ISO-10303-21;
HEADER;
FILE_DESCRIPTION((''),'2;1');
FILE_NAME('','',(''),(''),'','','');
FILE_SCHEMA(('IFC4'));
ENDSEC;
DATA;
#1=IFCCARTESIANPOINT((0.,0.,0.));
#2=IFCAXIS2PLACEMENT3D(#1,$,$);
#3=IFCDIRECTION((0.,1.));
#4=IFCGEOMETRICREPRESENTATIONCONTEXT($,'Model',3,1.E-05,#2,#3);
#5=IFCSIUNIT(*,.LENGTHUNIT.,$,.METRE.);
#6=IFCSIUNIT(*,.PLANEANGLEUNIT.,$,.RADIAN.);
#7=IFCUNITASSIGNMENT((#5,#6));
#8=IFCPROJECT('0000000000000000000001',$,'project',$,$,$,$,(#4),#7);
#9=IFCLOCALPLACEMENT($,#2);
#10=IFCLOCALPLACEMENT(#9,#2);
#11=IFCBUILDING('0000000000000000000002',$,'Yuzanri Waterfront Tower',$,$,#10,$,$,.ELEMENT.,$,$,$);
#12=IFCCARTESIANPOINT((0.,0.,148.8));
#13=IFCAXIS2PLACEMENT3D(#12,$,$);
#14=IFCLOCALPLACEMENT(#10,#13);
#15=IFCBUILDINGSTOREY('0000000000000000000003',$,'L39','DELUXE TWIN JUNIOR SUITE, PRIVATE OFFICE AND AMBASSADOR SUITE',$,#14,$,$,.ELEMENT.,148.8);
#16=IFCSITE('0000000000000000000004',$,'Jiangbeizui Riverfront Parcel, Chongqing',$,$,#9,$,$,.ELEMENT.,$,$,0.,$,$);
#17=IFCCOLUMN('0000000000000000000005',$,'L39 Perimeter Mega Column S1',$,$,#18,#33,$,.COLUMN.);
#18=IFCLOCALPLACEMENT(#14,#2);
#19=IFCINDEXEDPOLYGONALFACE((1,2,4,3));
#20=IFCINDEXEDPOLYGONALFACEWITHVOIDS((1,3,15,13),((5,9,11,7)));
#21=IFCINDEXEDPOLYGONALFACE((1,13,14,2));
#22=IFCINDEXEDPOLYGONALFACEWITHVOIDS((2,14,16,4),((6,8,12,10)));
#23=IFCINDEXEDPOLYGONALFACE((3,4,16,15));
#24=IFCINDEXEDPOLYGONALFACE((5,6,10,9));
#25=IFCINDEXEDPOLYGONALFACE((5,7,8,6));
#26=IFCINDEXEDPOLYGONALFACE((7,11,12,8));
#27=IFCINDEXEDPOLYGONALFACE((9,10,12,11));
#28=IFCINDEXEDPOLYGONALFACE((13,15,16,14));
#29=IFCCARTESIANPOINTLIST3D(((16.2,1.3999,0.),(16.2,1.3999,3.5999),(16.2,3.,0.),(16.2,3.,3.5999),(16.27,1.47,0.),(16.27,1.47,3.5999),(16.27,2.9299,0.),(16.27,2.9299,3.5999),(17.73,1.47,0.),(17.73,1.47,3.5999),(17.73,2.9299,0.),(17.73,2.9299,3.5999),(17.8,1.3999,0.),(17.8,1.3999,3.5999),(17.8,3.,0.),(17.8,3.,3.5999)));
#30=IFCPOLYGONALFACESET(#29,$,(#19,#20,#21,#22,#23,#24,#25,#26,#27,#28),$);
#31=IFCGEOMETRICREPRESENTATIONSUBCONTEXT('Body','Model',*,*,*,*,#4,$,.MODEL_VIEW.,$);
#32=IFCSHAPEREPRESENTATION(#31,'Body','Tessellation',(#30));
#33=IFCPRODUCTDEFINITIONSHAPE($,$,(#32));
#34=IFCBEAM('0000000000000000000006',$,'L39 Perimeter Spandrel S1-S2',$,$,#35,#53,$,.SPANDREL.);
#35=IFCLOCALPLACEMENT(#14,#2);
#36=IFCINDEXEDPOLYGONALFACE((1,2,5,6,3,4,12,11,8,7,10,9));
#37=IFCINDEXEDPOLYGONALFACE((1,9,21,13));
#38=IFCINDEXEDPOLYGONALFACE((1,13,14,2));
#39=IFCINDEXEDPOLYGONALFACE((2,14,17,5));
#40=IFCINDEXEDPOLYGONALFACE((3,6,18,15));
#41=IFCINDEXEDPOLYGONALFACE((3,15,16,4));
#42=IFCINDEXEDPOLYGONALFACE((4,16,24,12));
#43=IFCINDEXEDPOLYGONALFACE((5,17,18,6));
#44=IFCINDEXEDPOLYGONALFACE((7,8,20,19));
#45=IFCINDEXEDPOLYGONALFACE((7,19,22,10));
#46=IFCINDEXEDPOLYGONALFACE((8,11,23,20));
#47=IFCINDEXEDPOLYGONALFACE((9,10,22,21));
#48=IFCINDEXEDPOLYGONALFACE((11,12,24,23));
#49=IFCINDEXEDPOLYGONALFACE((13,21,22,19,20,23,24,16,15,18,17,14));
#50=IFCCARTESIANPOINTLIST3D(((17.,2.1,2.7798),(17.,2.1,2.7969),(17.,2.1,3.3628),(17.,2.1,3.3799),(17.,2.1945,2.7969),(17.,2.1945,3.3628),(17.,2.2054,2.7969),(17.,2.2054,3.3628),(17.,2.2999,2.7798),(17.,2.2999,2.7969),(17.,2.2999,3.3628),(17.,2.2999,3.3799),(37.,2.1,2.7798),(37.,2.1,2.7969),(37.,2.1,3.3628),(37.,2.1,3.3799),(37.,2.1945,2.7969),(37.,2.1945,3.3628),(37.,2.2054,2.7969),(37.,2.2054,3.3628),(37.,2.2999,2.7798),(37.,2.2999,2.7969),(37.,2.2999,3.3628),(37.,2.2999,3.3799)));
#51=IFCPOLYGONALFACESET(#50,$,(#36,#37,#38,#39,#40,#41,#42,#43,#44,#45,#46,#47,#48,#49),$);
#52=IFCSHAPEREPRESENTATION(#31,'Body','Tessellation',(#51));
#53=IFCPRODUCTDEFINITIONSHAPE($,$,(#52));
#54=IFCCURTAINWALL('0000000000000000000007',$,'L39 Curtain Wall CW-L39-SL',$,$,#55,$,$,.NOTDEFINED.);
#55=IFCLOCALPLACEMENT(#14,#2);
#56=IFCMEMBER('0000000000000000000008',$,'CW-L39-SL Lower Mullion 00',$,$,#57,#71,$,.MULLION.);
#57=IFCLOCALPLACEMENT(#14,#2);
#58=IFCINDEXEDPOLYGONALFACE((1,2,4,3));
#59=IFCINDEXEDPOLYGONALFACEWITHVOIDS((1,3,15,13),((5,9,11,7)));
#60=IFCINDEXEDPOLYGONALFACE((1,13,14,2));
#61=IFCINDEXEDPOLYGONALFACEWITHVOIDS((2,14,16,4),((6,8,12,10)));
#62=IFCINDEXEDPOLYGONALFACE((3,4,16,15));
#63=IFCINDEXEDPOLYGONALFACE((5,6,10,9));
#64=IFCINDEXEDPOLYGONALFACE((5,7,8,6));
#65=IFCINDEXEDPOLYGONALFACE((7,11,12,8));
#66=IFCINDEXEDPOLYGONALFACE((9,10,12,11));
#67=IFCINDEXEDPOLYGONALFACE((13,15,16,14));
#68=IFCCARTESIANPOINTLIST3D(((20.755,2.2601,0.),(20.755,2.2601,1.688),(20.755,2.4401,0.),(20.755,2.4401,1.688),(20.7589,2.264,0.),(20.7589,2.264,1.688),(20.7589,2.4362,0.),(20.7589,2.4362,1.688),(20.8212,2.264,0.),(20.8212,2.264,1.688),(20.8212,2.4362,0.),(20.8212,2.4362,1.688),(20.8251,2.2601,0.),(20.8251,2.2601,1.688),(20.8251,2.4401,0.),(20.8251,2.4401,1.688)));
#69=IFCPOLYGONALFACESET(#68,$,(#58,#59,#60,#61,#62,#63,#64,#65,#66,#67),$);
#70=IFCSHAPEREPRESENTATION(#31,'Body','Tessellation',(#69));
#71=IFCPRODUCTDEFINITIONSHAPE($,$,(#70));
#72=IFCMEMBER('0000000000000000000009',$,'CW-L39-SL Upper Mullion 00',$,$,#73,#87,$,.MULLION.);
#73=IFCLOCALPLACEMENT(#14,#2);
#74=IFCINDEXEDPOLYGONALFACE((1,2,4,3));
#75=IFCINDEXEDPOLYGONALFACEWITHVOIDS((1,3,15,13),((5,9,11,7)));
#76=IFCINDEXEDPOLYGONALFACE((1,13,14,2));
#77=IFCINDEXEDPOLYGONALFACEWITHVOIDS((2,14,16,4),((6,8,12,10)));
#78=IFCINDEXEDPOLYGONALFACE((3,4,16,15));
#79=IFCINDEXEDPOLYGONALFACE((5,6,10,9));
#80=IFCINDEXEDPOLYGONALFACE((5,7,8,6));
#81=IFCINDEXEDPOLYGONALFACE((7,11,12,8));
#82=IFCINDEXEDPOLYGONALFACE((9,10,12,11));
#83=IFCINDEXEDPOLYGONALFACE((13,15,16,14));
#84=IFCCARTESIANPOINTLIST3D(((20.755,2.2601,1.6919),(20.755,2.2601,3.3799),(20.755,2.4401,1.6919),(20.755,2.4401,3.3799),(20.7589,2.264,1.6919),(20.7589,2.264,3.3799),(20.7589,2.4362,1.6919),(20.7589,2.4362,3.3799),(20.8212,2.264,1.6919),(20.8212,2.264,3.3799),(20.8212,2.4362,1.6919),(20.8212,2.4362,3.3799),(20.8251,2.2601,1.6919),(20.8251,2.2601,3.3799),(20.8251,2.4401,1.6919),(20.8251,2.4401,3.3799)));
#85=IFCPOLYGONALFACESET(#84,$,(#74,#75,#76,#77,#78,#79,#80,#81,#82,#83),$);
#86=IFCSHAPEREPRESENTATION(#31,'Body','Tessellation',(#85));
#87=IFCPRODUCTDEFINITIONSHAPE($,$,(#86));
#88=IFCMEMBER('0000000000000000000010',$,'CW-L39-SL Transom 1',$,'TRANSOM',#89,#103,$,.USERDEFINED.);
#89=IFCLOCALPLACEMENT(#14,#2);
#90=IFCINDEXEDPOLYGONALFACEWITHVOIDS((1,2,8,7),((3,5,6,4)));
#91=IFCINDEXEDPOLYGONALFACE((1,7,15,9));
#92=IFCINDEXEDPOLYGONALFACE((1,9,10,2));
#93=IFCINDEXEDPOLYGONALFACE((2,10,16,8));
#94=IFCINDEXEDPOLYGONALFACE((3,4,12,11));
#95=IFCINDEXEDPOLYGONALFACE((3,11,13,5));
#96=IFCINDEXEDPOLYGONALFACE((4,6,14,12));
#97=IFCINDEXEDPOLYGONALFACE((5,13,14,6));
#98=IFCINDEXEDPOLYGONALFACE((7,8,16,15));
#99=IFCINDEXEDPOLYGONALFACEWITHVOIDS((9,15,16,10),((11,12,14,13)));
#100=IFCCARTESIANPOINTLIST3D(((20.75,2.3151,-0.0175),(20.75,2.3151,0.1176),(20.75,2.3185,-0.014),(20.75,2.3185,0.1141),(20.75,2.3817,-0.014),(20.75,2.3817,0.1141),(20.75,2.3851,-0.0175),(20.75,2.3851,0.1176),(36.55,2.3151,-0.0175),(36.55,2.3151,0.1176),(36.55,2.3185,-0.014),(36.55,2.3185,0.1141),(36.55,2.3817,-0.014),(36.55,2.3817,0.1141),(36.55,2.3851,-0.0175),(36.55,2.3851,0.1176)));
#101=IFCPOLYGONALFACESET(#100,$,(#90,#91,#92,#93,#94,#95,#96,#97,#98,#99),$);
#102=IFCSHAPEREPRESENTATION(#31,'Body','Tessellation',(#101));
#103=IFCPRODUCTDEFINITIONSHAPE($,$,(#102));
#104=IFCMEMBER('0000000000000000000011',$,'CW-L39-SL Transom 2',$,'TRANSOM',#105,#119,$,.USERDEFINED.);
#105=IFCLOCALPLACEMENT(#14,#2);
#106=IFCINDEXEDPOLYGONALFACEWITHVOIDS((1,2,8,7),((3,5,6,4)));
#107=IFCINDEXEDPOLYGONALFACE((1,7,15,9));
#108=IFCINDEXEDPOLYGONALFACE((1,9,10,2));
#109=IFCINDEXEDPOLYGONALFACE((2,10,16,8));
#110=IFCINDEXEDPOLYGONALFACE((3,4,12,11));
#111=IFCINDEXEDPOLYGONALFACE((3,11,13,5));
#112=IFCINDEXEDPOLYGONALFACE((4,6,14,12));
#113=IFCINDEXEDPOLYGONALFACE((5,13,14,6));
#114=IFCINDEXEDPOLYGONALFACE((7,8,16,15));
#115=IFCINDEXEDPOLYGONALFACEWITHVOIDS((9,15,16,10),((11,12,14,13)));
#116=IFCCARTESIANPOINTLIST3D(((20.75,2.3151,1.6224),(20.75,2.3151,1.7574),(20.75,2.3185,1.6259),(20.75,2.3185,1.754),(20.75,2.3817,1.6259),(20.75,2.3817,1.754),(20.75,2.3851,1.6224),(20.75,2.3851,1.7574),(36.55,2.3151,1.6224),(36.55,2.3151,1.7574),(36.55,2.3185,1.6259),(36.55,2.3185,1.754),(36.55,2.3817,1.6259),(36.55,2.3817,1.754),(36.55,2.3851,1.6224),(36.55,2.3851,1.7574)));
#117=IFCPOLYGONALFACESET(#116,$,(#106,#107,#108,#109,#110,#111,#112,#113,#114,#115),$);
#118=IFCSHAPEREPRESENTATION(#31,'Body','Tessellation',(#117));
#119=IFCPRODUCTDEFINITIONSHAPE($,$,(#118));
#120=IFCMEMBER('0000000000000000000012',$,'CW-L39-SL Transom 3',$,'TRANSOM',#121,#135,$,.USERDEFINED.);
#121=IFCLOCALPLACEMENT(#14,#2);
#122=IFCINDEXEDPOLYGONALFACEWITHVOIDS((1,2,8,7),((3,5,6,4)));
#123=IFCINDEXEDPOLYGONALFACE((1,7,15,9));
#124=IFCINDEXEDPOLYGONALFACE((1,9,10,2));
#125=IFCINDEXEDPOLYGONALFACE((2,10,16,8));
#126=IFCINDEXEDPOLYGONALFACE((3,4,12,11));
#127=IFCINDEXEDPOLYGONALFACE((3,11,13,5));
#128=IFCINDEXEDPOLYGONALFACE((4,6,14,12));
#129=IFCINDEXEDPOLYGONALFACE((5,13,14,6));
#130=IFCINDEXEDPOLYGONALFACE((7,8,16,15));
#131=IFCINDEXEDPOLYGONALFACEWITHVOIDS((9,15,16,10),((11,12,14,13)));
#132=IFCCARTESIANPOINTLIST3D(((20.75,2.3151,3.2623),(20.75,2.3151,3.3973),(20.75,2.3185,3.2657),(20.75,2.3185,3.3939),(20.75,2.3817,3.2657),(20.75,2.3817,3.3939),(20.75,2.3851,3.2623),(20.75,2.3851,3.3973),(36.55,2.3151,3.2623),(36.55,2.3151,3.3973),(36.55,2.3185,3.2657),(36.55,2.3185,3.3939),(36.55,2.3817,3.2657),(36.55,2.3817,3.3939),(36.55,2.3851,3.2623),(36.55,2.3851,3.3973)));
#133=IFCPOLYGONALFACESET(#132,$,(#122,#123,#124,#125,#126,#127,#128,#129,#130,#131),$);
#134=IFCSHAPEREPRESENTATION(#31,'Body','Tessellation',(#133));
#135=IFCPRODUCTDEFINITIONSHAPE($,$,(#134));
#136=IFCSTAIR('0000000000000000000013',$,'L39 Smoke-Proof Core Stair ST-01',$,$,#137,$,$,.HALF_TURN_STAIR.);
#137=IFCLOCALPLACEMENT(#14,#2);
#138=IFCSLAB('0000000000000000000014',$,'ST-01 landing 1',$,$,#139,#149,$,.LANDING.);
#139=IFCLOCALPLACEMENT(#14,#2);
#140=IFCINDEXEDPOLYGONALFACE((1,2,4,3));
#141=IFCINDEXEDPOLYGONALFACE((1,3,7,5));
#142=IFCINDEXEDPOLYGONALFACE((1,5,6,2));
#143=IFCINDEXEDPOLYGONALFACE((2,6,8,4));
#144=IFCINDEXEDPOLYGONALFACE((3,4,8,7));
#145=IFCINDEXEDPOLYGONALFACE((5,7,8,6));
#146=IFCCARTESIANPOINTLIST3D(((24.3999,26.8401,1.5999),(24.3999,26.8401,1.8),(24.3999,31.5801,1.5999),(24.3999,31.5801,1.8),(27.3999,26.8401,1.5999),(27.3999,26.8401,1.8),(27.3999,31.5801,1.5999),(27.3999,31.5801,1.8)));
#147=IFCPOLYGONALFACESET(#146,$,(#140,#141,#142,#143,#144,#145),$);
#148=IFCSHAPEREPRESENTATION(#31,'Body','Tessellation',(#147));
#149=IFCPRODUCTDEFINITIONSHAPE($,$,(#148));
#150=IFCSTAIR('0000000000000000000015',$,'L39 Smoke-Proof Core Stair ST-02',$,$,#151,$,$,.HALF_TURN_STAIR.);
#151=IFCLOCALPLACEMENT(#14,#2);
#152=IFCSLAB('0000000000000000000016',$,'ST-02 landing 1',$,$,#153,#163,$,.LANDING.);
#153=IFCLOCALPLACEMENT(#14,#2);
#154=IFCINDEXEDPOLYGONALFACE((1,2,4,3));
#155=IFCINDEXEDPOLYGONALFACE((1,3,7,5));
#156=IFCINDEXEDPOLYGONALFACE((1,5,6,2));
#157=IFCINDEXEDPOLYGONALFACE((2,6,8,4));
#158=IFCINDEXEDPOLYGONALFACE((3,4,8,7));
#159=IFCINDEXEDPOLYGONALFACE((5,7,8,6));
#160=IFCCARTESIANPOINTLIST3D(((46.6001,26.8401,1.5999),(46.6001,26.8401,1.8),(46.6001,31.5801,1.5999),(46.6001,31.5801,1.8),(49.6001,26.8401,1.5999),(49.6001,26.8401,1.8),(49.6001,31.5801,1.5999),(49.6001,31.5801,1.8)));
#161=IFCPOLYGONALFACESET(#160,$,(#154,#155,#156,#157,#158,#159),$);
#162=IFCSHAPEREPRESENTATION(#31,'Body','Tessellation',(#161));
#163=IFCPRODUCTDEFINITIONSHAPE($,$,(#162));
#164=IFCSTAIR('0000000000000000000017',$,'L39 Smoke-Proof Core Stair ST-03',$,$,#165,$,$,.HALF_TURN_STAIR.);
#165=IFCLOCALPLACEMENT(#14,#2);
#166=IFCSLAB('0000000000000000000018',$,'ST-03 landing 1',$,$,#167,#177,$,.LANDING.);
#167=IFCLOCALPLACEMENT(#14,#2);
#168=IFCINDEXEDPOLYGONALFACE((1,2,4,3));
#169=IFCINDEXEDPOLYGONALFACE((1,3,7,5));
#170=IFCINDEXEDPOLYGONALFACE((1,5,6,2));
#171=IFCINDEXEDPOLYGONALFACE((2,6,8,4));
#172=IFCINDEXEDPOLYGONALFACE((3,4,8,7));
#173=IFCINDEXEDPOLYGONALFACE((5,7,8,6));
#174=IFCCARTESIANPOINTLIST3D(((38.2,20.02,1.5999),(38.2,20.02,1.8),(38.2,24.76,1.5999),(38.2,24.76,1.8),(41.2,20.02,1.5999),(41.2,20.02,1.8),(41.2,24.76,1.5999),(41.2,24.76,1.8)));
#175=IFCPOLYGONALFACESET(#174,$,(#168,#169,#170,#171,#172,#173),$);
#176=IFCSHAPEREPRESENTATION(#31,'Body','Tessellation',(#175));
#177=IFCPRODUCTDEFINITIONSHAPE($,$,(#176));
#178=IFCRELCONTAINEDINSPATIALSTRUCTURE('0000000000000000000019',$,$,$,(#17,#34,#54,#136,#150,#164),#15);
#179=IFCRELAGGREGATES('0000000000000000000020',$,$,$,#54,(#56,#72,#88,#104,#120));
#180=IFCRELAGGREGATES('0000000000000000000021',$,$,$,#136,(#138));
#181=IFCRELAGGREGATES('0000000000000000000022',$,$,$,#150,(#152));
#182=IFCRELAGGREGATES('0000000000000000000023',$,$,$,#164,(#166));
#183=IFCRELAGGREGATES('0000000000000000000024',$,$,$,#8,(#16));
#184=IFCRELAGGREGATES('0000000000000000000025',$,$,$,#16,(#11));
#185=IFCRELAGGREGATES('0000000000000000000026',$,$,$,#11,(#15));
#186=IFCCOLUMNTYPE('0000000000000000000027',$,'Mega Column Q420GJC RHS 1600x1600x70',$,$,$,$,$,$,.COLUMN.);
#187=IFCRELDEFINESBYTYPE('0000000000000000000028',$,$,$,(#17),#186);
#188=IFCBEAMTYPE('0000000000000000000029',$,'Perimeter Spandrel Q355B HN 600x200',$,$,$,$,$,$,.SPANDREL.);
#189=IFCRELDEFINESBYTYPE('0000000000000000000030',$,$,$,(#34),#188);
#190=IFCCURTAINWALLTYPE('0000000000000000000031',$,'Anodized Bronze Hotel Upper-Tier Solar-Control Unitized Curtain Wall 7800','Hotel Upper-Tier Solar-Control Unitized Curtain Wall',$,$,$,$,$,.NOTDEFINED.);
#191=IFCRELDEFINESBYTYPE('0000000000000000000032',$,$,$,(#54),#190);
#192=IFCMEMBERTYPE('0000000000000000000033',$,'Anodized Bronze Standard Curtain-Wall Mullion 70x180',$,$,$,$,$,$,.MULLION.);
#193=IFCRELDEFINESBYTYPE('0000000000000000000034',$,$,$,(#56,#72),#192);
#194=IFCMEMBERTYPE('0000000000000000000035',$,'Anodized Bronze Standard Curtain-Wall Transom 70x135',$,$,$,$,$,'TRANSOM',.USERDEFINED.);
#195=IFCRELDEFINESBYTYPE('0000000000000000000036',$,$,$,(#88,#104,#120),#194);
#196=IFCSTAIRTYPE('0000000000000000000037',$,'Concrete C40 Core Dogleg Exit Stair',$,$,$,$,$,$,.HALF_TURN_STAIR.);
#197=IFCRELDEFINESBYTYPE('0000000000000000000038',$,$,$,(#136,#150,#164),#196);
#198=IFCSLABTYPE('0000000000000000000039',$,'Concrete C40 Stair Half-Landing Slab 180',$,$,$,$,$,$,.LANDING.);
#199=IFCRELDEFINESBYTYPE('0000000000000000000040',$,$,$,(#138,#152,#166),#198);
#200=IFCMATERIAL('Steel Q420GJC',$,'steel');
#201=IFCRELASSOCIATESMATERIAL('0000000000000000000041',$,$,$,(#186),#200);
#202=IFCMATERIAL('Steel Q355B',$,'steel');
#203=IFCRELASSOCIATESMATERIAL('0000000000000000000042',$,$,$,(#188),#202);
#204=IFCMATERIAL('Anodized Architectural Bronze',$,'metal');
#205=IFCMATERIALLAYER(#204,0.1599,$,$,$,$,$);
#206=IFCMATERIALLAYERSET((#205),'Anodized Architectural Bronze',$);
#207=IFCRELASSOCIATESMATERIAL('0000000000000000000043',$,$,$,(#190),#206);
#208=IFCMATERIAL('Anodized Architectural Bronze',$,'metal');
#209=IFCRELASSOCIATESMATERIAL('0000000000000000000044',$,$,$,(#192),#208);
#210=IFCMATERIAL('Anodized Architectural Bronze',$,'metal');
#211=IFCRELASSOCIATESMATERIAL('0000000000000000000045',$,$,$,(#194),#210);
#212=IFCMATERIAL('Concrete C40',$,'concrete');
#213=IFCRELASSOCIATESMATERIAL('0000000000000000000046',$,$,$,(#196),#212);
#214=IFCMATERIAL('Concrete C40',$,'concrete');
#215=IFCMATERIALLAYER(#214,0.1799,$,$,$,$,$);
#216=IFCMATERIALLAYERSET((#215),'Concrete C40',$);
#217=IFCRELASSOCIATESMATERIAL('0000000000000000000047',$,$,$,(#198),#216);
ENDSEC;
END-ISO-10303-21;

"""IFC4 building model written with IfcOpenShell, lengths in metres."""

from ifc_helpers import new_model, si_unit, direction, frame, origin, origin_2d, place, context, subcontext, project, spatial, polyline, hollow_rectangle, i_section, outline, extrude, source, transform, mapped, material, layer, layer_set, material_profile, profile_set, type_object, element, aggregate, save


model = new_model("IFC4")

# Units and contexts
model_context = context("Model", 3, precision=1e-05, world=origin(), true_north=direction((0.0, 1.0)))
body_context = subcontext(model_context, "Body", "Model", "MODEL_VIEW")
ifc_project = project(units=[si_unit("LENGTHUNIT", "METRE"), si_unit("PLANEANGLEUNIT", "RADIAN")], contexts=[model_context])

# Site, building, storey
site_placement = place(None, origin())
site = spatial("IfcSite", under=ifc_project, at=site_placement, Name="Jiangbeizui Riverfront Parcel, Chongqing", CompositionType="ELEMENT", RefElevation=0.0)
building_placement = place(site_placement, origin())
building = spatial("IfcBuilding", under=site, at=building_placement, Name="Yuzanri Waterfront Tower", CompositionType="ELEMENT")
storey_placement = place(building_placement, frame((0.0, 0.0, 148.8)))
storey = spatial("IfcBuildingStorey", under=building, at=storey_placement, Name="L39", Description="DELUXE TWIN JUNIOR SUITE, PRIVATE OFFICE AND AMBASSADOR SUITE", CompositionType="ELEMENT", Elevation=148.8)

# Column
ifc_material_1 = material(Name="Steel Q420GJC", Category="steel")
ifc_material_profile_1 = material_profile(ifc_material_1, hollow_rectangle(XDim=1.6001, YDim=1.6001, WallThickness=0.0701, at=origin_2d()), Name="RHS 1600x1600x70")
ifc_profile_set_1 = profile_set([ifc_material_profile_1], Name="Steel Q420GJC")
column_type = type_object("IfcColumnType", Name="Mega Column Q420GJC RHS 1600x1600x70", PredefinedType="COLUMN", material=ifc_profile_set_1)
shared_shape_1 = source(origin(), body_context, "Body", "SweptSolid", [
    extrude(hollow_rectangle(XDim=1.6001, YDim=1.6001, WallThickness=0.0701, at=origin_2d()), origin(), (0.0, 0.0, 1.0), 3.5999),
])
column_placement = place(storey_placement, frame((17.0, 2.2, 0.0), z_axis=(0.0, 0.0, 1.0), x_axis=(1.0, 0.0, 0.0)))
element("IfcColumn", 1, at=column_placement, inside=storey, type_object=column_type, Name="L39 Perimeter Mega Column S1", PredefinedType="COLUMN", context=body_context, shape_type="MappedRepresentation", body=[
    mapped(shared_shape_1, transform((0.0, 0.0, 0.0), scale=1.0)),
])

# Beam
ifc_material_2 = material(Name="Steel Q355B", Category="steel")
ifc_material_profile_2 = material_profile(ifc_material_2, i_section(OverallWidth=0.2, OverallDepth=0.6001, WebThickness=0.011, FlangeThickness=0.0171, at=origin_2d()), Name="HN 600x200x11x17")
ifc_profile_set_2 = profile_set([ifc_material_profile_2], Name="Steel Q355B")
beam_type = type_object("IfcBeamType", Name="Perimeter Spandrel Q355B HN 600x200", PredefinedType="SPANDREL", material=ifc_profile_set_2)
shared_shape_2 = source(origin(), body_context, "Body", "SweptSolid", [
    extrude(i_section(OverallWidth=0.2, OverallDepth=0.6001, WebThickness=0.011, FlangeThickness=0.0171, at=origin_2d()), origin(), (0.0, 0.0, 1.0), 20.0),
])
beam_placement = place(storey_placement, frame((17.0, 2.2, 3.0798), z_axis=(1.0, 0.0, 0.0), x_axis=(0.0, 1.0, 0.0)))
element("IfcBeam", 2, at=beam_placement, inside=storey, type_object=beam_type, Name="L39 Perimeter Spandrel S1-S2", PredefinedType="SPANDREL", context=body_context, shape_type="MappedRepresentation", body=[
    mapped(shared_shape_2, transform((0.0, 0.0, 0.0), scale=1.0)),
])

# Curtain wall, members
ifc_material_3 = material(Name="Anodized Architectural Bronze", Category="metal")
ifc_layer_1 = layer(ifc_material_3, 0.1599)
ifc_layer_set_1 = layer_set([ifc_layer_1], Name="Anodized Architectural Bronze")
curtain_wall_type = type_object("IfcCurtainWallType", Name="Anodized Bronze Hotel Upper-Tier Solar-Control Unitized Curtain Wall 7800", Description="Hotel Upper-Tier Solar-Control Unitized Curtain Wall", PredefinedType="NOTDEFINED", material=ifc_layer_set_1)
curtain_wall_placement = place(storey_placement, origin())
curtain_wall = element("IfcCurtainWall", 3, at=curtain_wall_placement, inside=storey, type_object=curtain_wall_type, Name="L39 Curtain Wall CW-L39-SL", PredefinedType="NOTDEFINED")
ifc_material_4 = material(Name="Anodized Architectural Bronze", Category="metal")
ifc_material_profile_3 = material_profile(ifc_material_4, hollow_rectangle(XDim=0.0701, YDim=0.1799, WallThickness=0.0039, at=origin_2d()), Name="CWM 70x180")
ifc_profile_set_3 = profile_set([ifc_material_profile_3], Name="Anodized Architectural Bronze")
member_type_1 = type_object("IfcMemberType", Name="Anodized Bronze Standard Curtain-Wall Mullion 70x180", PredefinedType="MULLION", material=ifc_profile_set_3)
shared_shape_3 = source(origin(), body_context, "Body", "SweptSolid", [
    extrude(hollow_rectangle(XDim=0.0701, YDim=0.1799, WallThickness=0.0039, at=origin_2d()), origin(), (0.0, 0.0, 1.0), 1.688),
])
member_1_placement = place(storey_placement, frame((20.79, 2.3501, 0.0), z_axis=(0.0, 0.0, 1.0), x_axis=(1.0, 0.0, 0.0)))
member_1 = element("IfcMember", 4, at=member_1_placement, type_object=member_type_1, Name="CW-L39-SL Lower Mullion 00", PredefinedType="MULLION", context=body_context, shape_type="MappedRepresentation", body=[
    mapped(shared_shape_3, transform((0.0, 0.0, 0.0), scale=1.0)),
])
member_2_placement = place(storey_placement, frame((20.79, 2.3501, 1.6919), z_axis=(0.0, 0.0, 1.0), x_axis=(1.0, 0.0, 0.0)))
member_2 = element("IfcMember", 5, at=member_2_placement, type_object=member_type_1, Name="CW-L39-SL Upper Mullion 00", PredefinedType="MULLION", context=body_context, shape_type="MappedRepresentation", body=[
    mapped(shared_shape_3, transform((0.0, 0.0, 0.0), scale=1.0)),
])
ifc_material_5 = material(Name="Anodized Architectural Bronze", Category="metal")
ifc_material_profile_4 = material_profile(ifc_material_5, hollow_rectangle(XDim=0.0701, YDim=0.135, WallThickness=0.0034, at=origin_2d()), Name="CWT 70x135")
ifc_profile_set_4 = profile_set([ifc_material_profile_4], Name="Anodized Architectural Bronze")
member_type_2 = type_object("IfcMemberType", Name="Anodized Bronze Standard Curtain-Wall Transom 70x135", ElementType="TRANSOM", PredefinedType="USERDEFINED", material=ifc_profile_set_4)
shared_shape_4 = source(origin(), body_context, "Body", "SweptSolid", [
    extrude(hollow_rectangle(XDim=0.0701, YDim=0.135, WallThickness=0.0034, at=origin_2d()), origin(), (0.0, 0.0, 1.0), 15.8),
])
member_3_placement = place(storey_placement, frame((20.75, 2.3501, 0.05), z_axis=(1.0, 0.0, 0.0), x_axis=(0.0, 1.0, 0.0)))
member_3 = element("IfcMember", 6, at=member_3_placement, type_object=member_type_2, Name="CW-L39-SL Transom 1", ObjectType="TRANSOM", PredefinedType="USERDEFINED", context=body_context, shape_type="MappedRepresentation", body=[
    mapped(shared_shape_4, transform((0.0, 0.0, 0.0), scale=1.0)),
])
member_4_placement = place(storey_placement, frame((20.75, 2.3501, 1.6899), z_axis=(1.0, 0.0, 0.0), x_axis=(0.0, 1.0, 0.0)))
member_4 = element("IfcMember", 7, at=member_4_placement, type_object=member_type_2, Name="CW-L39-SL Transom 2", ObjectType="TRANSOM", PredefinedType="USERDEFINED", context=body_context, shape_type="MappedRepresentation", body=[
    mapped(shared_shape_4, transform((0.0, 0.0, 0.0), scale=1.0)),
])
member_5_placement = place(storey_placement, frame((20.75, 2.3501, 3.3298), z_axis=(1.0, 0.0, 0.0), x_axis=(0.0, 1.0, 0.0)))
member_5 = element("IfcMember", 8, at=member_5_placement, type_object=member_type_2, Name="CW-L39-SL Transom 3", ObjectType="TRANSOM", PredefinedType="USERDEFINED", context=body_context, shape_type="MappedRepresentation", body=[
    mapped(shared_shape_4, transform((0.0, 0.0, 0.0), scale=1.0)),
])
aggregate(curtain_wall, [member_1, member_2, member_3, member_4, member_5])

# Stairs, slabs
ifc_material_6 = material(Name="Concrete C40", Category="concrete")
stair_type = type_object("IfcStairType", Name="Concrete C40 Core Dogleg Exit Stair", PredefinedType="HALF_TURN_STAIR", material=ifc_material_6)
stair_1_placement = place(storey_placement, origin())
stair_1 = element("IfcStair", 9, at=stair_1_placement, inside=storey, type_object=stair_type, Name="L39 Smoke-Proof Core Stair ST-01", PredefinedType="HALF_TURN_STAIR")
ifc_material_7 = material(Name="Concrete C40", Category="concrete")
ifc_layer_2 = layer(ifc_material_7, 0.1799)
ifc_layer_set_2 = layer_set([ifc_layer_2], Name="Concrete C40")
slab_type_1 = type_object("IfcSlabType", Name="Concrete C40 Stair Half-Landing Slab 180", PredefinedType="LANDING", material=ifc_layer_set_2)
slab_1_placement = place(storey_placement, frame((0.0, 0.0, 1.5999)))
slab_1 = element("IfcSlab", 10, at=slab_1_placement, type_object=slab_type_1, Name="ST-01 landing 1", PredefinedType="LANDING", context=body_context, shape_type="SweptSolid", body=[
    extrude(outline(polyline([(27.3999, 26.8401), (27.3999, 31.5801), (24.3999, 31.5801), (24.3999, 26.8401), (27.3999, 26.8401)])), origin(), (0.0, 0.0, 1.0), 0.2002),
])
aggregate(stair_1, [slab_1])
stair_2_placement = place(storey_placement, origin())
stair_2 = element("IfcStair", 11, at=stair_2_placement, inside=storey, type_object=stair_type, Name="L39 Smoke-Proof Core Stair ST-02", PredefinedType="HALF_TURN_STAIR")
slab_2_placement = place(storey_placement, frame((0.0, 0.0, 1.5999)))
slab_2 = element("IfcSlab", 12, at=slab_2_placement, type_object=slab_type_1, Name="ST-02 landing 1", PredefinedType="LANDING", context=body_context, shape_type="SweptSolid", body=[
    extrude(outline(polyline([(49.6001, 26.8401), (49.6001, 31.5801), (46.6001, 31.5801), (46.6001, 26.8401), (49.6001, 26.8401)])), origin(), (0.0, 0.0, 1.0), 0.2002),
])
aggregate(stair_2, [slab_2])
stair_3_placement = place(storey_placement, origin())
stair_3 = element("IfcStair", 13, at=stair_3_placement, inside=storey, type_object=stair_type, Name="L39 Smoke-Proof Core Stair ST-03", PredefinedType="HALF_TURN_STAIR")
slab_3_placement = place(storey_placement, frame((0.0, 0.0, 1.5999)))
slab_3 = element("IfcSlab", 14, at=slab_3_placement, type_object=slab_type_1, Name="ST-03 landing 1", PredefinedType="LANDING", context=body_context, shape_type="SweptSolid", body=[
    extrude(outline(polyline([(38.2, 24.76), (38.2, 20.02), (41.2, 20.02), (41.2, 24.76), (38.2, 24.76)])), origin(), (0.0, 0.0, 1.0), 0.2002),
])
aggregate(stair_3, [slab_3])

save(model, "model.ifc")
